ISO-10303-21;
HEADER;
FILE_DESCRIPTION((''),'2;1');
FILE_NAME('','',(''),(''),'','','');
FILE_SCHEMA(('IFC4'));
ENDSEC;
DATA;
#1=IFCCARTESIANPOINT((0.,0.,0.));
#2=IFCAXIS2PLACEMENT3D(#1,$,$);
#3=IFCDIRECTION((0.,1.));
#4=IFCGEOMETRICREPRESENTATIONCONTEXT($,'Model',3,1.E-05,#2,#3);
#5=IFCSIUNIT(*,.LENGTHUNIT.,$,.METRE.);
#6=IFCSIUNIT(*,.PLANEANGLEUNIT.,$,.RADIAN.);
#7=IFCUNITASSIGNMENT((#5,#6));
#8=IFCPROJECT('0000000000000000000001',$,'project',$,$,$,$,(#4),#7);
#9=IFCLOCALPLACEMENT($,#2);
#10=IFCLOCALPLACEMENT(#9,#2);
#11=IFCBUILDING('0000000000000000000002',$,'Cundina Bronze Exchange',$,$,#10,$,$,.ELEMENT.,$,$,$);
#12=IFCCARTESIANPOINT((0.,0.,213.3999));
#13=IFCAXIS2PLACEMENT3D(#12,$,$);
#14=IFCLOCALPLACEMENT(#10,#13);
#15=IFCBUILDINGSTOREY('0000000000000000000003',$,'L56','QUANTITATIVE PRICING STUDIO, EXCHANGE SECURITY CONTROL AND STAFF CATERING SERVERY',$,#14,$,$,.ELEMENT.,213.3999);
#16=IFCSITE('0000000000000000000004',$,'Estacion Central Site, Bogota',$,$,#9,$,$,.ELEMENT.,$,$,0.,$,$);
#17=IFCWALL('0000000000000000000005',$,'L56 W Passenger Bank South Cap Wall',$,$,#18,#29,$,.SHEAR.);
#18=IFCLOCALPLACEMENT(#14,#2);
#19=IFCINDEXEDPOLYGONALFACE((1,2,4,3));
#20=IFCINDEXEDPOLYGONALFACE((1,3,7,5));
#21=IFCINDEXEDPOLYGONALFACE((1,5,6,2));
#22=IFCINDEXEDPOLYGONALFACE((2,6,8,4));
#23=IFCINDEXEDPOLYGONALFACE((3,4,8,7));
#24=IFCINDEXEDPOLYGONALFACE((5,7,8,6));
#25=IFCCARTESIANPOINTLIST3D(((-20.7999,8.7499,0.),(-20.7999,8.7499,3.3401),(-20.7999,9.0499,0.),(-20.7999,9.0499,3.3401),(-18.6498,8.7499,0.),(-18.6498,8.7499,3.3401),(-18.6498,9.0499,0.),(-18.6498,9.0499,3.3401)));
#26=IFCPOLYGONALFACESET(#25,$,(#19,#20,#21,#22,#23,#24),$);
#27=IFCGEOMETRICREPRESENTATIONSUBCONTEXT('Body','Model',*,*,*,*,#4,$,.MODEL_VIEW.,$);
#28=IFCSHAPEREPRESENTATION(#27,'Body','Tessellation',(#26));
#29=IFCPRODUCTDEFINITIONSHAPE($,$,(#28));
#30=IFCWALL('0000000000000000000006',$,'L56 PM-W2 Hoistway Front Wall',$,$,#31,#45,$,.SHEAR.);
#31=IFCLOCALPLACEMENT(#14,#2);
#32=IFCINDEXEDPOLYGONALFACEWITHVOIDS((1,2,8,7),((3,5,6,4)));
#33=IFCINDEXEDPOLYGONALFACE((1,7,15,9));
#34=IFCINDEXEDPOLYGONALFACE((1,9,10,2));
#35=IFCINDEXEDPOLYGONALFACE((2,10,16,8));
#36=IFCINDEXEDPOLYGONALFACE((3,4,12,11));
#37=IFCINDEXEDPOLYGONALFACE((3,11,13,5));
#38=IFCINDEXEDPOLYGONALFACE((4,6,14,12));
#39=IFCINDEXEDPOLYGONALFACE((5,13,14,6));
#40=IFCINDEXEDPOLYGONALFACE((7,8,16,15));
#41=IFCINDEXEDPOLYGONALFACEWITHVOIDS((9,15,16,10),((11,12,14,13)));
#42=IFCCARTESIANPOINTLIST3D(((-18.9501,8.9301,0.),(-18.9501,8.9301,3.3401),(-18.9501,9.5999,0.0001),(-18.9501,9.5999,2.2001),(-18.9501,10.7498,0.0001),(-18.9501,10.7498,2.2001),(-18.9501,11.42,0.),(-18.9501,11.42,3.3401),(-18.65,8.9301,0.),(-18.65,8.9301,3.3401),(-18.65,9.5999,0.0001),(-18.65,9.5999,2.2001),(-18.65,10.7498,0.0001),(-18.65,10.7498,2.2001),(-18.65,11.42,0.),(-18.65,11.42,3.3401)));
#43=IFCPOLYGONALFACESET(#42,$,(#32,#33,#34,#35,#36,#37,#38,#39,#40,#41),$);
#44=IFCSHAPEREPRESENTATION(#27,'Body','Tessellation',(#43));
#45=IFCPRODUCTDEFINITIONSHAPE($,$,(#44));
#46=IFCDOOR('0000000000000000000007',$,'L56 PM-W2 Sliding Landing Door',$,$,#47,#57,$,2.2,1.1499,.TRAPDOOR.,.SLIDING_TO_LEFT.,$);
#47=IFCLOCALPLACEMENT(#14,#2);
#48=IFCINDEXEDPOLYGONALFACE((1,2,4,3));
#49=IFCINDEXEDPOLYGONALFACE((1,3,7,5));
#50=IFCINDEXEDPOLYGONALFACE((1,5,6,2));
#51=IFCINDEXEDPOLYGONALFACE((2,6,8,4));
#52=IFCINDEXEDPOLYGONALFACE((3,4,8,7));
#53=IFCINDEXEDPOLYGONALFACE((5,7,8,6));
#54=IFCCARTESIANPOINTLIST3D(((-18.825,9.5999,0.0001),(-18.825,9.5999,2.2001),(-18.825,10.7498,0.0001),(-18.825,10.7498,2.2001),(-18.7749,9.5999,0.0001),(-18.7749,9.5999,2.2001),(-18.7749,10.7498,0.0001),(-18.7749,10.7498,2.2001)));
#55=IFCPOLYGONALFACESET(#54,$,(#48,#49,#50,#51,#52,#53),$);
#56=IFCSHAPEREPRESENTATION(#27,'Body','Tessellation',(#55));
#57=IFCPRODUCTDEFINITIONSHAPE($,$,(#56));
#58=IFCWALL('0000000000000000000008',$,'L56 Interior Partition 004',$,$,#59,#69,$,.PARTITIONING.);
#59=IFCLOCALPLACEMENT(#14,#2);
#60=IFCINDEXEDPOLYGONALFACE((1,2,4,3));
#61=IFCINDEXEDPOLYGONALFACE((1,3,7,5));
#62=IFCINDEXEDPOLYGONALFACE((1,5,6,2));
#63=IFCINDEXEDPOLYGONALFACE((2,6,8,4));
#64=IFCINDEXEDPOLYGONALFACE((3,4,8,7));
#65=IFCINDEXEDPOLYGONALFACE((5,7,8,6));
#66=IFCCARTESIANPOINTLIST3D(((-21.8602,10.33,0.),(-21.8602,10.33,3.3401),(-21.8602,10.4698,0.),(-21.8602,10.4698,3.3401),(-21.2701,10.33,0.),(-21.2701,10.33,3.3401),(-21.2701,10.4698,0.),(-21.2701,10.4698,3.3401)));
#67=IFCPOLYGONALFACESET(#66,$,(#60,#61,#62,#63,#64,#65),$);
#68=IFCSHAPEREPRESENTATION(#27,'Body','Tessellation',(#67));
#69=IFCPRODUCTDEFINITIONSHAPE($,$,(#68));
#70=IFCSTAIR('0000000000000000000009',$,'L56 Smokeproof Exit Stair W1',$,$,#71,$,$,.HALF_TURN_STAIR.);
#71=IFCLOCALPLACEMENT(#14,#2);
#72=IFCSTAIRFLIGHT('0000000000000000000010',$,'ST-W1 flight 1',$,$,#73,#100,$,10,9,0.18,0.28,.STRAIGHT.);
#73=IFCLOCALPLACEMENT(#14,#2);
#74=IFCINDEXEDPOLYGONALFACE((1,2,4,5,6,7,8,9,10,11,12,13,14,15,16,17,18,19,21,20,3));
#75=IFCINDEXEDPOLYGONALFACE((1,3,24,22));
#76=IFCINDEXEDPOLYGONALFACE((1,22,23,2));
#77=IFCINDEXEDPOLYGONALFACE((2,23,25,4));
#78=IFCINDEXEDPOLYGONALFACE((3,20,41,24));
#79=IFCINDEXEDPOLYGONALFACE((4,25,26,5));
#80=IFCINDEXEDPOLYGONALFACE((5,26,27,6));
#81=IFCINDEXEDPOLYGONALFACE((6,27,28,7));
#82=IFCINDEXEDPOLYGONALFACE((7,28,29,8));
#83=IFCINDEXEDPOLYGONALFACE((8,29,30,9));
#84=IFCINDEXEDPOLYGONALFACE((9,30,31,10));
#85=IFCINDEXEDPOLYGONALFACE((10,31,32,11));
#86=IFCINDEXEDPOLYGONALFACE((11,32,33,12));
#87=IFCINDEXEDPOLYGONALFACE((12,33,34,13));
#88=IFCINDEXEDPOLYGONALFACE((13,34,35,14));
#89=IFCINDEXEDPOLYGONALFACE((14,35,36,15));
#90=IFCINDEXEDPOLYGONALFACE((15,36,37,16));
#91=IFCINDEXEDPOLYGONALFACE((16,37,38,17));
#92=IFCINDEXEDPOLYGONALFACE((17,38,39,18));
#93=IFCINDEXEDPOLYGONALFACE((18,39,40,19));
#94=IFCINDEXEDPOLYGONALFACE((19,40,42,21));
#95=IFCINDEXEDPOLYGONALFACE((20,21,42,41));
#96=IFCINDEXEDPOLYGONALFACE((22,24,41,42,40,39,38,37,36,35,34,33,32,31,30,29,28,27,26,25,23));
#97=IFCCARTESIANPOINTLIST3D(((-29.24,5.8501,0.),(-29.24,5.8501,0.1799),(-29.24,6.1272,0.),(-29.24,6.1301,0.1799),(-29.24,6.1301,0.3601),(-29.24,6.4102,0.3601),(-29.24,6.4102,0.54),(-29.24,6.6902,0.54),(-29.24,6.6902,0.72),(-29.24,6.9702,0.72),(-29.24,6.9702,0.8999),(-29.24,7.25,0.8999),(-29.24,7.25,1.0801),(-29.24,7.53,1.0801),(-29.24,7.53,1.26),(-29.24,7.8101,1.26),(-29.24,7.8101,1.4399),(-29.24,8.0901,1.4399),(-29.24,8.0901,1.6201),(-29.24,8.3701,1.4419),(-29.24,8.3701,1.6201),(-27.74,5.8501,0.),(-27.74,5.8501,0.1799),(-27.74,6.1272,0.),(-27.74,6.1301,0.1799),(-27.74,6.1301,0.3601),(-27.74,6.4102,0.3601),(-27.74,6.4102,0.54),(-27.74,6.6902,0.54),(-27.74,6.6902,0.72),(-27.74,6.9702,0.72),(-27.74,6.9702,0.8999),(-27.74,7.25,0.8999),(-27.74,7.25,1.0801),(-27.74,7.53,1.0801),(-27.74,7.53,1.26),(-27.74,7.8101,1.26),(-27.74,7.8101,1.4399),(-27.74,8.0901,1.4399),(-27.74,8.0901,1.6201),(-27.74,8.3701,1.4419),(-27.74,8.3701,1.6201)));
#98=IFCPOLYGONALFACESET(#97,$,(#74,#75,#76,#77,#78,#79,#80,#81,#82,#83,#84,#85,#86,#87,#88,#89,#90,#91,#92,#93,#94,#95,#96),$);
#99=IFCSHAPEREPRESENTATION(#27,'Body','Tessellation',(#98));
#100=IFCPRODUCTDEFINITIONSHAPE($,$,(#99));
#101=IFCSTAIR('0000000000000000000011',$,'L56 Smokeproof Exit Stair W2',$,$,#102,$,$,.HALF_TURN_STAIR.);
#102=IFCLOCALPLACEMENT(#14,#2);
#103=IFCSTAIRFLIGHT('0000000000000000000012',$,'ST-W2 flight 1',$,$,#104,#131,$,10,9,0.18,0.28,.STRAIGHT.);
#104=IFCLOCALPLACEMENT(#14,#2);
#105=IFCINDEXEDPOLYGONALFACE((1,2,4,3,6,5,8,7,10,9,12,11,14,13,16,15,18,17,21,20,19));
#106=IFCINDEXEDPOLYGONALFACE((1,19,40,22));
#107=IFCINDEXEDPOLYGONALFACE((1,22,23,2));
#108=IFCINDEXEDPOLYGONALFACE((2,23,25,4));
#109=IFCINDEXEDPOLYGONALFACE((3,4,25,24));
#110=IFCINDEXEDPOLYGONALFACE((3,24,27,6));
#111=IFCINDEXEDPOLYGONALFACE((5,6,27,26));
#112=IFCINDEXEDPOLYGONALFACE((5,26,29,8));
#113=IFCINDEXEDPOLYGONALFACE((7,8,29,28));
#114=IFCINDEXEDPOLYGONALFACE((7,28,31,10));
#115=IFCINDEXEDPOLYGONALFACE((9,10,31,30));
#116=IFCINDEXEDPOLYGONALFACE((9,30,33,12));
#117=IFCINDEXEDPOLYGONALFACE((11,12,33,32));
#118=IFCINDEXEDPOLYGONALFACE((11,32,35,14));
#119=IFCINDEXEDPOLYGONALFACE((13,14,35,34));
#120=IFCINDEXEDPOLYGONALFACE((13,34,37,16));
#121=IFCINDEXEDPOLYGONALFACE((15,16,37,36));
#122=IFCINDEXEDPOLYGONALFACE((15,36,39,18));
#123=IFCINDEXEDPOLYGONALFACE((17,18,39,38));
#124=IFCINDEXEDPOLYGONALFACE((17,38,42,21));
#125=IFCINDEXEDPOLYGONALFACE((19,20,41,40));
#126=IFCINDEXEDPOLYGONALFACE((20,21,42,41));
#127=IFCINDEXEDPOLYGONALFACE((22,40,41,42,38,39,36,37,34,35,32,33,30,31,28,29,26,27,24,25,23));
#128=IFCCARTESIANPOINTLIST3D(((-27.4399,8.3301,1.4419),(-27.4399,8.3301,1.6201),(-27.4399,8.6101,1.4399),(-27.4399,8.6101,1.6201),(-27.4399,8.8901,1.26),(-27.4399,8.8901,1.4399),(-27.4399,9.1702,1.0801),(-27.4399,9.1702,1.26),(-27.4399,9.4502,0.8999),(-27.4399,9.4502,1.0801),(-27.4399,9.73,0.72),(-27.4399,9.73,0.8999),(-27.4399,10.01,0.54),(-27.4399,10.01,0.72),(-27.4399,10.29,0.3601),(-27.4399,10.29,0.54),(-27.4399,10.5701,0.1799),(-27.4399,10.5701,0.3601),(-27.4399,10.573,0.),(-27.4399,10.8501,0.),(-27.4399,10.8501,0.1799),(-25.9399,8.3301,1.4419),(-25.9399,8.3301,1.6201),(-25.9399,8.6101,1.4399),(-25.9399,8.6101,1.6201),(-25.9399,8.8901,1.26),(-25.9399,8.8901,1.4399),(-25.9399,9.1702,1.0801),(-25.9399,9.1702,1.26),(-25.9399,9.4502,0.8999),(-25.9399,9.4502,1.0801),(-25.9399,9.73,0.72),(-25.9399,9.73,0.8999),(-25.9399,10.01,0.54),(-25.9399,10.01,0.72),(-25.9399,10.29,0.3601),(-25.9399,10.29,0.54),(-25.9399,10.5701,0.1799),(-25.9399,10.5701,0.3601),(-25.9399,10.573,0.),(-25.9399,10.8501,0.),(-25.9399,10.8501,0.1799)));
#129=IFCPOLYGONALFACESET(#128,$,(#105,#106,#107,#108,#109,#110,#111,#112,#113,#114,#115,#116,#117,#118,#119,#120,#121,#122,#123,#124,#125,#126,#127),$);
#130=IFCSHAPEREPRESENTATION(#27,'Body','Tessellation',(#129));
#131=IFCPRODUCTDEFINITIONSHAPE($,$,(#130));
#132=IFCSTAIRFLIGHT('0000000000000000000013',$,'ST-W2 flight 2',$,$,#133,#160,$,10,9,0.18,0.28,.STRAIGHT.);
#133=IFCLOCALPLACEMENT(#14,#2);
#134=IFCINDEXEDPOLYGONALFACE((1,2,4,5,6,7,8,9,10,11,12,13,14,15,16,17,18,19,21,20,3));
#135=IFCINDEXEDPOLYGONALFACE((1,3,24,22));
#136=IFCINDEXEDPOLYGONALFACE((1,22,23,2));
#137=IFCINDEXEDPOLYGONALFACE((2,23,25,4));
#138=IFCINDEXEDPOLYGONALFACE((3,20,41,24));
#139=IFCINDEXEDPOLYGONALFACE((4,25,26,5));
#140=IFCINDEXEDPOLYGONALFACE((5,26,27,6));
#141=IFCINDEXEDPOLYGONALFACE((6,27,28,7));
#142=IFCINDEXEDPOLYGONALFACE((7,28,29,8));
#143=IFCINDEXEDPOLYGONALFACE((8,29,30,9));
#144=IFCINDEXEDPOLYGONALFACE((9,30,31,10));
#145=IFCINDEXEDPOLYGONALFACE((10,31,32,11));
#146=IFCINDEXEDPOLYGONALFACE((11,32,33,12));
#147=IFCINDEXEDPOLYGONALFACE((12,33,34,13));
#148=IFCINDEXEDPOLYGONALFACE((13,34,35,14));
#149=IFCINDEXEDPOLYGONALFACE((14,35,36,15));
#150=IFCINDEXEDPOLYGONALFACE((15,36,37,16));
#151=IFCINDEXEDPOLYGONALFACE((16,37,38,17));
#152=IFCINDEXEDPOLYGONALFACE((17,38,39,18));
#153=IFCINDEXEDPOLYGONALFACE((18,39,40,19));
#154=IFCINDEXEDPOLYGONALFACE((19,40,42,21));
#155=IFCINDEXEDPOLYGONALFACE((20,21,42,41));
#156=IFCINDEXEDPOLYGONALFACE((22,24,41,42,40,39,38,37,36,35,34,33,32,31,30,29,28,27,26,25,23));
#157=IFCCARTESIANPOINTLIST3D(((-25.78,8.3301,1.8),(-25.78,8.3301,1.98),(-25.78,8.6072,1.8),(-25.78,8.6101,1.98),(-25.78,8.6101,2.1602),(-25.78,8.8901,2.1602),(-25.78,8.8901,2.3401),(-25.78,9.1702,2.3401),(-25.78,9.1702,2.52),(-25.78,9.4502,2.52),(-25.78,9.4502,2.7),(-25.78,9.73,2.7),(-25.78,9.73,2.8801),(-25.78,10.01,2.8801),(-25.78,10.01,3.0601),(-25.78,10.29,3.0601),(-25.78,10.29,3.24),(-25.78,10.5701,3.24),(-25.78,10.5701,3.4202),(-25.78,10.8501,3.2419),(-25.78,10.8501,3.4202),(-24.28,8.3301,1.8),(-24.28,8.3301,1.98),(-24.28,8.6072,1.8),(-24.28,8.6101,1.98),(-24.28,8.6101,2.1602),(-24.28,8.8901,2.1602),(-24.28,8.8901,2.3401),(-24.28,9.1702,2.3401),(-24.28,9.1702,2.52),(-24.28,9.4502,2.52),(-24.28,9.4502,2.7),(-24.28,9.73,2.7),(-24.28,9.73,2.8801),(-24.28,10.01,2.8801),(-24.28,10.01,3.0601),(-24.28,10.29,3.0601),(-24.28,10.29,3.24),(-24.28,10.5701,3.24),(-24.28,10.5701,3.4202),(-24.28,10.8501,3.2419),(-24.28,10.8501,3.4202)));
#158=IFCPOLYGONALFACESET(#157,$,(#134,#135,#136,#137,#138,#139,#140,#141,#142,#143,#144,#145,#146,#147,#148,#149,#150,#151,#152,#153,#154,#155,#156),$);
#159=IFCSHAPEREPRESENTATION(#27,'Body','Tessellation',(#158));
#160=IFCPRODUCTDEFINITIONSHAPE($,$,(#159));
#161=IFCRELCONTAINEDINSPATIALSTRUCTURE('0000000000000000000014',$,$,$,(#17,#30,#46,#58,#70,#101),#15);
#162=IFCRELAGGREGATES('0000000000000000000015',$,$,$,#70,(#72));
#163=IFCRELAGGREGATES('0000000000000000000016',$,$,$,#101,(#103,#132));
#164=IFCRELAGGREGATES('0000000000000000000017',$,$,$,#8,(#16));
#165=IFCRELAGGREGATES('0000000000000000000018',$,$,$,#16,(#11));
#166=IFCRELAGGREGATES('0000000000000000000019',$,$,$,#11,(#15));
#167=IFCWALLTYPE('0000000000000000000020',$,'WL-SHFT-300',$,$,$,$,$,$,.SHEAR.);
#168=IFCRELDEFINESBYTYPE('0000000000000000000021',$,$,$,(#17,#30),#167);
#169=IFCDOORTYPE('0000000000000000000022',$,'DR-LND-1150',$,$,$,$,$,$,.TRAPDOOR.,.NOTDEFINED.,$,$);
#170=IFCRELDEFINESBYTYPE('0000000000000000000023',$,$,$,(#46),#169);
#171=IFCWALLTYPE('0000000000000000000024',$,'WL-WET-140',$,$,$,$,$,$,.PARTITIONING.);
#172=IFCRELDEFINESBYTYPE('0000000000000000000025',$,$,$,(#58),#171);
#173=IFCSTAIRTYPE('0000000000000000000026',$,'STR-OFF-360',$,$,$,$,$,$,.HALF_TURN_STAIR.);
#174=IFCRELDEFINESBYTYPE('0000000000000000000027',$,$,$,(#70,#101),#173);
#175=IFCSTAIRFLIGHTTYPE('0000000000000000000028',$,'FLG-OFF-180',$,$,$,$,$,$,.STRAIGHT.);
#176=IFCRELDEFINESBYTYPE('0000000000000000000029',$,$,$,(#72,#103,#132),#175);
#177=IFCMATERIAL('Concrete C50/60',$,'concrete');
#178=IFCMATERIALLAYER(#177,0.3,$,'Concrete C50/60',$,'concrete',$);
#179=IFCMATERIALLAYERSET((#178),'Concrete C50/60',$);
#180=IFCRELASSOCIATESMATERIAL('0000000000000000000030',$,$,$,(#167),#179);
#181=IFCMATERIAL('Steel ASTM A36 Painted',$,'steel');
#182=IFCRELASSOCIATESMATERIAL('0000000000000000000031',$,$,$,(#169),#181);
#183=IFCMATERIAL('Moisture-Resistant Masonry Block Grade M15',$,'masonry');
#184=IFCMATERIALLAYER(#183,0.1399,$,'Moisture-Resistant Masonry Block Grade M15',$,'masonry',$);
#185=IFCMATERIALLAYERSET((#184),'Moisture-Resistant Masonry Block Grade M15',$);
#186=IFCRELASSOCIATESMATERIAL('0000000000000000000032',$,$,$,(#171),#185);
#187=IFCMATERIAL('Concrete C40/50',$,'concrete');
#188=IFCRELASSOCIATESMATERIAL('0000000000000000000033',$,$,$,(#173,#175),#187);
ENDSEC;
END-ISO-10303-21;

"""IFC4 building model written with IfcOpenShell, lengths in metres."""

from ifc_helpers import new_model, si_unit, direction, frame, frame_2d, origin, place, context, subcontext, project, spatial, polyline, rectangle, outline, extrude, material, layer, layer_set, type_object, element, fill, aggregate, save


model = new_model("IFC4")

# Units and contexts
model_context = context("Model", 3, precision=1e-05, world=origin(), true_north=direction((0.0, 1.0)))
body_context = subcontext(model_context, "Body", "Model", "MODEL_VIEW")
ifc_project = project(units=[si_unit("LENGTHUNIT", "METRE"), si_unit("PLANEANGLEUNIT", "RADIAN")], contexts=[model_context])

# Site, building, storey
site_placement = place(None, origin())
site = spatial("IfcSite", under=ifc_project, at=site_placement, Name="Estacion Central Site, Bogota", CompositionType="ELEMENT", RefElevation=0.0)
building_placement = place(site_placement, origin())
building = spatial("IfcBuilding", under=site, at=building_placement, Name="Cundina Bronze Exchange", CompositionType="ELEMENT")
storey_placement = place(building_placement, frame((0.0, 0.0, 213.3999)))
storey = spatial("IfcBuildingStorey", under=building, at=storey_placement, Name="L56", Description="QUANTITATIVE PRICING STUDIO, EXCHANGE SECURITY CONTROL AND STAFF CATERING SERVERY", CompositionType="ELEMENT", Elevation=213.3999)

# Shared definitions
ifc_material_1 = material(Name="Concrete C50/60", Category="concrete")

# Shared definitions
ifc_layer_1 = layer(ifc_material_1, 0.3, Name="Concrete C50/60", Category="concrete")
ifc_layer_set_1 = layer_set([ifc_layer_1], Name="Concrete C50/60")
wall_type_1 = type_object("IfcWallType", Name="WL-SHFT-300", PredefinedType="SHEAR", material=ifc_layer_set_1)
ifc_material_2 = material(Name="Steel ASTM A36 Painted", Category="steel")
door_type = type_object("IfcDoorType", Name="DR-LND-1150", OperationType="NOTDEFINED", PredefinedType="TRAPDOOR", material=ifc_material_2)

# Wall
wall_1_placement = place(storey_placement, frame((-20.8, 8.8999, 0.0), z_axis=(0.0, 0.0, 1.0), x_axis=(1.0, 0.0, 0.0)))
element("IfcWall", 1, at=wall_1_placement, inside=storey, type_object=wall_type_1, Name="L56 W Passenger Bank South Cap Wall", PredefinedType="SHEAR", context=body_context, shape_type="SweptSolid", body=[
    extrude(rectangle(XDim=2.1501, YDim=0.3, at=frame_2d((1.0752, 0.0))), origin(), (0.0, 0.0, 1.0), 3.3401),
])

# Wall, opening, door
wall_2_placement = place(storey_placement, frame((-18.8, 8.9299, 0.0), z_axis=(0.0, 0.0, 1.0), x_axis=(0.0, 1.0, 0.0)))
wall_2 = element("IfcWall", 2, at=wall_2_placement, inside=storey, type_object=wall_type_1, Name="L56 PM-W2 Hoistway Front Wall", PredefinedType="SHEAR", context=body_context, shape_type="SweptSolid", body=[
    extrude(rectangle(XDim=2.49, YDim=0.3, at=frame_2d((1.2451, 0.0))), origin(), (0.0, 0.0, 1.0), 3.3401),
])
opening_1_placement = place(wall_2_placement, frame((0.6699, 0.0, 0.0)))
opening_1 = element("IfcOpeningElement", 3, at=opening_1_placement, cuts=wall_2, PredefinedType="OPENING", context=body_context, shape_type="SweptSolid", body=[
    extrude(rectangle(XDim=1.1499, YDim=2.2, at=frame_2d((0.575, 1.1001))), frame((0.0, 0.1599, 0.0), z_axis=(0.0, -1.0, 0.0), x_axis=(1.0, 0.0, 0.0)), (0.0, 0.0, 1.0), 0.3201),
])
door_1_placement = place(opening_1_placement, origin())
door_1 = element("IfcDoor", 4, at=door_1_placement, inside=storey, type_object=door_type, Name="L56 PM-W2 Sliding Landing Door", OperationType="SLIDING_TO_LEFT", OverallHeight=2.2, OverallWidth=1.1499, PredefinedType="TRAPDOOR", context=body_context, shape_type="SweptSolid", body=[
    extrude(rectangle(XDim=1.1499, YDim=2.2, at=frame_2d((0.575, 1.1001))), frame((0.0, 0.0249, 0.0), z_axis=(0.0, -1.0, 0.0), x_axis=(1.0, 0.0, 0.0)), (0.0, 0.0, 1.0), 0.05),
])
fill(opening_1, door_1)

# Wall
ifc_material_3 = material(Name="Moisture-Resistant Masonry Block Grade M15", Category="masonry")
ifc_layer_2 = layer(ifc_material_3, 0.1399, Name="Moisture-Resistant Masonry Block Grade M15", Category="masonry")
ifc_layer_set_2 = layer_set([ifc_layer_2], Name="Moisture-Resistant Masonry Block Grade M15")
wall_type_2 = type_object("IfcWallType", Name="WL-WET-140", PredefinedType="PARTITIONING", material=ifc_layer_set_2)
wall_3_placement = place(storey_placement, frame((-21.8601, 10.3999, 0.0), z_axis=(0.0, 0.0, 1.0), x_axis=(1.0, 0.0, 0.0)))
element("IfcWall", 5, at=wall_3_placement, inside=storey, type_object=wall_type_2, Name="L56 Interior Partition 004", PredefinedType="PARTITIONING", context=body_context, shape_type="SweptSolid", body=[
    extrude(rectangle(XDim=0.5901, YDim=0.1399, at=frame_2d((0.2949, 0.0))), origin(), (0.0, 0.0, 1.0), 3.3401),
])

# Stair, stair flight
ifc_material_4 = material(Name="Concrete C40/50", Category="concrete")
stair_type = type_object("IfcStairType", Name="STR-OFF-360", PredefinedType="HALF_TURN_STAIR", material=ifc_material_4)
stair_1_placement = place(storey_placement, origin())
stair_1 = element("IfcStair", 6, at=stair_1_placement, inside=storey, type_object=stair_type, Name="L56 Smokeproof Exit Stair W1", PredefinedType="HALF_TURN_STAIR")
stair_flight_type = type_object("IfcStairFlightType", Name="FLG-OFF-180", PredefinedType="STRAIGHT", material=ifc_material_4)
stair_flight_1_placement = place(storey_placement, frame((-28.49, 5.8501, 0.0), z_axis=(0.0, 0.0, 1.0), x_axis=(0.0, 1.0, 0.0)))
stair_flight_1 = element("IfcStairFlight", 7, at=stair_flight_1_placement, type_object=stair_flight_type, Name="ST-W1 flight 1", NumberOfRisers=10, NumberOfTreads=9, PredefinedType="STRAIGHT", RiserHeight=0.18, TreadLength=0.28, context=body_context, shape_type="SweptSolid", body=[
    extrude(outline(polyline([(0.0, 0.0), (0.0, 0.1799), (0.28, 0.1799), (0.28, 0.3601), (0.5601, 0.3601), (0.5601, 0.54), (0.8401, 0.54), (0.8401, 0.72), (1.1201, 0.72), (1.1201, 0.8999), (1.3999, 0.8999), (1.3999, 1.0801), (1.6799, 1.0801), (1.6799, 1.26), (1.96, 1.26), (1.96, 1.4399), (2.24, 1.4399), (2.24, 1.6201), (2.52, 1.6201), (2.52, 1.8), (2.52, 1.4419), (0.2771, 0.0), (0.0, 0.0)])), frame((0.0, 0.75, 0.0), z_axis=(0.0, -1.0, 0.0), x_axis=(1.0, 0.0, 0.0)), (0.0, 0.0, 1.0), 1.5),
])
aggregate(stair_1, [stair_flight_1])

# Stair, stair flights
stair_2_placement = place(storey_placement, origin())
stair_2 = element("IfcStair", 8, at=stair_2_placement, inside=storey, type_object=stair_type, Name="L56 Smokeproof Exit Stair W2", PredefinedType="HALF_TURN_STAIR")
stair_flight_2_placement = place(storey_placement, frame((-26.6899, 10.8501, 0.0), z_axis=(0.0, 0.0, 1.0), x_axis=(0.0, -1.0, 0.0)))
stair_flight_2 = element("IfcStairFlight", 9, at=stair_flight_2_placement, type_object=stair_flight_type, Name="ST-W2 flight 1", NumberOfRisers=10, NumberOfTreads=9, PredefinedType="STRAIGHT", RiserHeight=0.18, TreadLength=0.28, context=body_context, shape_type="SweptSolid", body=[
    extrude(outline(polyline([(0.0, 0.0), (0.0, 0.1799), (0.28, 0.1799), (0.28, 0.3601), (0.5601, 0.3601), (0.5601, 0.54), (0.8401, 0.54), (0.8401, 0.72), (1.1201, 0.72), (1.1201, 0.8999), (1.3999, 0.8999), (1.3999, 1.0801), (1.6799, 1.0801), (1.6799, 1.26), (1.96, 1.26), (1.96, 1.4399), (2.24, 1.4399), (2.24, 1.6201), (2.52, 1.6201), (2.52, 1.8), (2.52, 1.4419), (0.2771, 0.0), (0.0, 0.0)])), frame((0.0, 0.75, 0.0), z_axis=(0.0, -1.0, 0.0), x_axis=(1.0, 0.0, 0.0)), (0.0, 0.0, 1.0), 1.5),
])
stair_flight_3_placement = place(storey_placement, frame((-25.03, 8.3301, 1.8), z_axis=(0.0, 0.0, 1.0), x_axis=(0.0, 1.0, 0.0)))
stair_flight_3 = element("IfcStairFlight", 10, at=stair_flight_3_placement, type_object=stair_flight_type, Name="ST-W2 flight 2", NumberOfRisers=10, NumberOfTreads=9, PredefinedType="STRAIGHT", RiserHeight=0.18, TreadLength=0.28, context=body_context, shape_type="SweptSolid", body=[
    extrude(outline(polyline([(0.0, 0.0), (0.0, 0.1799), (0.28, 0.1799), (0.28, 0.3601), (0.5601, 0.3601), (0.5601, 0.54), (0.8401, 0.54), (0.8401, 0.72), (1.1201, 0.72), (1.1201, 0.8999), (1.3999, 0.8999), (1.3999, 1.0801), (1.6799, 1.0801), (1.6799, 1.26), (1.96, 1.26), (1.96, 1.4399), (2.24, 1.4399), (2.24, 1.6201), (2.52, 1.6201), (2.52, 1.8), (2.52, 1.4419), (0.2771, 0.0), (0.0, 0.0)])), frame((0.0, 0.75, 0.0), z_axis=(0.0, -1.0, 0.0), x_axis=(1.0, 0.0, 0.0)), (0.0, 0.0, 1.0), 1.5),
])
aggregate(stair_2, [stair_flight_2, stair_flight_3])

save(model, "model.ifc")
